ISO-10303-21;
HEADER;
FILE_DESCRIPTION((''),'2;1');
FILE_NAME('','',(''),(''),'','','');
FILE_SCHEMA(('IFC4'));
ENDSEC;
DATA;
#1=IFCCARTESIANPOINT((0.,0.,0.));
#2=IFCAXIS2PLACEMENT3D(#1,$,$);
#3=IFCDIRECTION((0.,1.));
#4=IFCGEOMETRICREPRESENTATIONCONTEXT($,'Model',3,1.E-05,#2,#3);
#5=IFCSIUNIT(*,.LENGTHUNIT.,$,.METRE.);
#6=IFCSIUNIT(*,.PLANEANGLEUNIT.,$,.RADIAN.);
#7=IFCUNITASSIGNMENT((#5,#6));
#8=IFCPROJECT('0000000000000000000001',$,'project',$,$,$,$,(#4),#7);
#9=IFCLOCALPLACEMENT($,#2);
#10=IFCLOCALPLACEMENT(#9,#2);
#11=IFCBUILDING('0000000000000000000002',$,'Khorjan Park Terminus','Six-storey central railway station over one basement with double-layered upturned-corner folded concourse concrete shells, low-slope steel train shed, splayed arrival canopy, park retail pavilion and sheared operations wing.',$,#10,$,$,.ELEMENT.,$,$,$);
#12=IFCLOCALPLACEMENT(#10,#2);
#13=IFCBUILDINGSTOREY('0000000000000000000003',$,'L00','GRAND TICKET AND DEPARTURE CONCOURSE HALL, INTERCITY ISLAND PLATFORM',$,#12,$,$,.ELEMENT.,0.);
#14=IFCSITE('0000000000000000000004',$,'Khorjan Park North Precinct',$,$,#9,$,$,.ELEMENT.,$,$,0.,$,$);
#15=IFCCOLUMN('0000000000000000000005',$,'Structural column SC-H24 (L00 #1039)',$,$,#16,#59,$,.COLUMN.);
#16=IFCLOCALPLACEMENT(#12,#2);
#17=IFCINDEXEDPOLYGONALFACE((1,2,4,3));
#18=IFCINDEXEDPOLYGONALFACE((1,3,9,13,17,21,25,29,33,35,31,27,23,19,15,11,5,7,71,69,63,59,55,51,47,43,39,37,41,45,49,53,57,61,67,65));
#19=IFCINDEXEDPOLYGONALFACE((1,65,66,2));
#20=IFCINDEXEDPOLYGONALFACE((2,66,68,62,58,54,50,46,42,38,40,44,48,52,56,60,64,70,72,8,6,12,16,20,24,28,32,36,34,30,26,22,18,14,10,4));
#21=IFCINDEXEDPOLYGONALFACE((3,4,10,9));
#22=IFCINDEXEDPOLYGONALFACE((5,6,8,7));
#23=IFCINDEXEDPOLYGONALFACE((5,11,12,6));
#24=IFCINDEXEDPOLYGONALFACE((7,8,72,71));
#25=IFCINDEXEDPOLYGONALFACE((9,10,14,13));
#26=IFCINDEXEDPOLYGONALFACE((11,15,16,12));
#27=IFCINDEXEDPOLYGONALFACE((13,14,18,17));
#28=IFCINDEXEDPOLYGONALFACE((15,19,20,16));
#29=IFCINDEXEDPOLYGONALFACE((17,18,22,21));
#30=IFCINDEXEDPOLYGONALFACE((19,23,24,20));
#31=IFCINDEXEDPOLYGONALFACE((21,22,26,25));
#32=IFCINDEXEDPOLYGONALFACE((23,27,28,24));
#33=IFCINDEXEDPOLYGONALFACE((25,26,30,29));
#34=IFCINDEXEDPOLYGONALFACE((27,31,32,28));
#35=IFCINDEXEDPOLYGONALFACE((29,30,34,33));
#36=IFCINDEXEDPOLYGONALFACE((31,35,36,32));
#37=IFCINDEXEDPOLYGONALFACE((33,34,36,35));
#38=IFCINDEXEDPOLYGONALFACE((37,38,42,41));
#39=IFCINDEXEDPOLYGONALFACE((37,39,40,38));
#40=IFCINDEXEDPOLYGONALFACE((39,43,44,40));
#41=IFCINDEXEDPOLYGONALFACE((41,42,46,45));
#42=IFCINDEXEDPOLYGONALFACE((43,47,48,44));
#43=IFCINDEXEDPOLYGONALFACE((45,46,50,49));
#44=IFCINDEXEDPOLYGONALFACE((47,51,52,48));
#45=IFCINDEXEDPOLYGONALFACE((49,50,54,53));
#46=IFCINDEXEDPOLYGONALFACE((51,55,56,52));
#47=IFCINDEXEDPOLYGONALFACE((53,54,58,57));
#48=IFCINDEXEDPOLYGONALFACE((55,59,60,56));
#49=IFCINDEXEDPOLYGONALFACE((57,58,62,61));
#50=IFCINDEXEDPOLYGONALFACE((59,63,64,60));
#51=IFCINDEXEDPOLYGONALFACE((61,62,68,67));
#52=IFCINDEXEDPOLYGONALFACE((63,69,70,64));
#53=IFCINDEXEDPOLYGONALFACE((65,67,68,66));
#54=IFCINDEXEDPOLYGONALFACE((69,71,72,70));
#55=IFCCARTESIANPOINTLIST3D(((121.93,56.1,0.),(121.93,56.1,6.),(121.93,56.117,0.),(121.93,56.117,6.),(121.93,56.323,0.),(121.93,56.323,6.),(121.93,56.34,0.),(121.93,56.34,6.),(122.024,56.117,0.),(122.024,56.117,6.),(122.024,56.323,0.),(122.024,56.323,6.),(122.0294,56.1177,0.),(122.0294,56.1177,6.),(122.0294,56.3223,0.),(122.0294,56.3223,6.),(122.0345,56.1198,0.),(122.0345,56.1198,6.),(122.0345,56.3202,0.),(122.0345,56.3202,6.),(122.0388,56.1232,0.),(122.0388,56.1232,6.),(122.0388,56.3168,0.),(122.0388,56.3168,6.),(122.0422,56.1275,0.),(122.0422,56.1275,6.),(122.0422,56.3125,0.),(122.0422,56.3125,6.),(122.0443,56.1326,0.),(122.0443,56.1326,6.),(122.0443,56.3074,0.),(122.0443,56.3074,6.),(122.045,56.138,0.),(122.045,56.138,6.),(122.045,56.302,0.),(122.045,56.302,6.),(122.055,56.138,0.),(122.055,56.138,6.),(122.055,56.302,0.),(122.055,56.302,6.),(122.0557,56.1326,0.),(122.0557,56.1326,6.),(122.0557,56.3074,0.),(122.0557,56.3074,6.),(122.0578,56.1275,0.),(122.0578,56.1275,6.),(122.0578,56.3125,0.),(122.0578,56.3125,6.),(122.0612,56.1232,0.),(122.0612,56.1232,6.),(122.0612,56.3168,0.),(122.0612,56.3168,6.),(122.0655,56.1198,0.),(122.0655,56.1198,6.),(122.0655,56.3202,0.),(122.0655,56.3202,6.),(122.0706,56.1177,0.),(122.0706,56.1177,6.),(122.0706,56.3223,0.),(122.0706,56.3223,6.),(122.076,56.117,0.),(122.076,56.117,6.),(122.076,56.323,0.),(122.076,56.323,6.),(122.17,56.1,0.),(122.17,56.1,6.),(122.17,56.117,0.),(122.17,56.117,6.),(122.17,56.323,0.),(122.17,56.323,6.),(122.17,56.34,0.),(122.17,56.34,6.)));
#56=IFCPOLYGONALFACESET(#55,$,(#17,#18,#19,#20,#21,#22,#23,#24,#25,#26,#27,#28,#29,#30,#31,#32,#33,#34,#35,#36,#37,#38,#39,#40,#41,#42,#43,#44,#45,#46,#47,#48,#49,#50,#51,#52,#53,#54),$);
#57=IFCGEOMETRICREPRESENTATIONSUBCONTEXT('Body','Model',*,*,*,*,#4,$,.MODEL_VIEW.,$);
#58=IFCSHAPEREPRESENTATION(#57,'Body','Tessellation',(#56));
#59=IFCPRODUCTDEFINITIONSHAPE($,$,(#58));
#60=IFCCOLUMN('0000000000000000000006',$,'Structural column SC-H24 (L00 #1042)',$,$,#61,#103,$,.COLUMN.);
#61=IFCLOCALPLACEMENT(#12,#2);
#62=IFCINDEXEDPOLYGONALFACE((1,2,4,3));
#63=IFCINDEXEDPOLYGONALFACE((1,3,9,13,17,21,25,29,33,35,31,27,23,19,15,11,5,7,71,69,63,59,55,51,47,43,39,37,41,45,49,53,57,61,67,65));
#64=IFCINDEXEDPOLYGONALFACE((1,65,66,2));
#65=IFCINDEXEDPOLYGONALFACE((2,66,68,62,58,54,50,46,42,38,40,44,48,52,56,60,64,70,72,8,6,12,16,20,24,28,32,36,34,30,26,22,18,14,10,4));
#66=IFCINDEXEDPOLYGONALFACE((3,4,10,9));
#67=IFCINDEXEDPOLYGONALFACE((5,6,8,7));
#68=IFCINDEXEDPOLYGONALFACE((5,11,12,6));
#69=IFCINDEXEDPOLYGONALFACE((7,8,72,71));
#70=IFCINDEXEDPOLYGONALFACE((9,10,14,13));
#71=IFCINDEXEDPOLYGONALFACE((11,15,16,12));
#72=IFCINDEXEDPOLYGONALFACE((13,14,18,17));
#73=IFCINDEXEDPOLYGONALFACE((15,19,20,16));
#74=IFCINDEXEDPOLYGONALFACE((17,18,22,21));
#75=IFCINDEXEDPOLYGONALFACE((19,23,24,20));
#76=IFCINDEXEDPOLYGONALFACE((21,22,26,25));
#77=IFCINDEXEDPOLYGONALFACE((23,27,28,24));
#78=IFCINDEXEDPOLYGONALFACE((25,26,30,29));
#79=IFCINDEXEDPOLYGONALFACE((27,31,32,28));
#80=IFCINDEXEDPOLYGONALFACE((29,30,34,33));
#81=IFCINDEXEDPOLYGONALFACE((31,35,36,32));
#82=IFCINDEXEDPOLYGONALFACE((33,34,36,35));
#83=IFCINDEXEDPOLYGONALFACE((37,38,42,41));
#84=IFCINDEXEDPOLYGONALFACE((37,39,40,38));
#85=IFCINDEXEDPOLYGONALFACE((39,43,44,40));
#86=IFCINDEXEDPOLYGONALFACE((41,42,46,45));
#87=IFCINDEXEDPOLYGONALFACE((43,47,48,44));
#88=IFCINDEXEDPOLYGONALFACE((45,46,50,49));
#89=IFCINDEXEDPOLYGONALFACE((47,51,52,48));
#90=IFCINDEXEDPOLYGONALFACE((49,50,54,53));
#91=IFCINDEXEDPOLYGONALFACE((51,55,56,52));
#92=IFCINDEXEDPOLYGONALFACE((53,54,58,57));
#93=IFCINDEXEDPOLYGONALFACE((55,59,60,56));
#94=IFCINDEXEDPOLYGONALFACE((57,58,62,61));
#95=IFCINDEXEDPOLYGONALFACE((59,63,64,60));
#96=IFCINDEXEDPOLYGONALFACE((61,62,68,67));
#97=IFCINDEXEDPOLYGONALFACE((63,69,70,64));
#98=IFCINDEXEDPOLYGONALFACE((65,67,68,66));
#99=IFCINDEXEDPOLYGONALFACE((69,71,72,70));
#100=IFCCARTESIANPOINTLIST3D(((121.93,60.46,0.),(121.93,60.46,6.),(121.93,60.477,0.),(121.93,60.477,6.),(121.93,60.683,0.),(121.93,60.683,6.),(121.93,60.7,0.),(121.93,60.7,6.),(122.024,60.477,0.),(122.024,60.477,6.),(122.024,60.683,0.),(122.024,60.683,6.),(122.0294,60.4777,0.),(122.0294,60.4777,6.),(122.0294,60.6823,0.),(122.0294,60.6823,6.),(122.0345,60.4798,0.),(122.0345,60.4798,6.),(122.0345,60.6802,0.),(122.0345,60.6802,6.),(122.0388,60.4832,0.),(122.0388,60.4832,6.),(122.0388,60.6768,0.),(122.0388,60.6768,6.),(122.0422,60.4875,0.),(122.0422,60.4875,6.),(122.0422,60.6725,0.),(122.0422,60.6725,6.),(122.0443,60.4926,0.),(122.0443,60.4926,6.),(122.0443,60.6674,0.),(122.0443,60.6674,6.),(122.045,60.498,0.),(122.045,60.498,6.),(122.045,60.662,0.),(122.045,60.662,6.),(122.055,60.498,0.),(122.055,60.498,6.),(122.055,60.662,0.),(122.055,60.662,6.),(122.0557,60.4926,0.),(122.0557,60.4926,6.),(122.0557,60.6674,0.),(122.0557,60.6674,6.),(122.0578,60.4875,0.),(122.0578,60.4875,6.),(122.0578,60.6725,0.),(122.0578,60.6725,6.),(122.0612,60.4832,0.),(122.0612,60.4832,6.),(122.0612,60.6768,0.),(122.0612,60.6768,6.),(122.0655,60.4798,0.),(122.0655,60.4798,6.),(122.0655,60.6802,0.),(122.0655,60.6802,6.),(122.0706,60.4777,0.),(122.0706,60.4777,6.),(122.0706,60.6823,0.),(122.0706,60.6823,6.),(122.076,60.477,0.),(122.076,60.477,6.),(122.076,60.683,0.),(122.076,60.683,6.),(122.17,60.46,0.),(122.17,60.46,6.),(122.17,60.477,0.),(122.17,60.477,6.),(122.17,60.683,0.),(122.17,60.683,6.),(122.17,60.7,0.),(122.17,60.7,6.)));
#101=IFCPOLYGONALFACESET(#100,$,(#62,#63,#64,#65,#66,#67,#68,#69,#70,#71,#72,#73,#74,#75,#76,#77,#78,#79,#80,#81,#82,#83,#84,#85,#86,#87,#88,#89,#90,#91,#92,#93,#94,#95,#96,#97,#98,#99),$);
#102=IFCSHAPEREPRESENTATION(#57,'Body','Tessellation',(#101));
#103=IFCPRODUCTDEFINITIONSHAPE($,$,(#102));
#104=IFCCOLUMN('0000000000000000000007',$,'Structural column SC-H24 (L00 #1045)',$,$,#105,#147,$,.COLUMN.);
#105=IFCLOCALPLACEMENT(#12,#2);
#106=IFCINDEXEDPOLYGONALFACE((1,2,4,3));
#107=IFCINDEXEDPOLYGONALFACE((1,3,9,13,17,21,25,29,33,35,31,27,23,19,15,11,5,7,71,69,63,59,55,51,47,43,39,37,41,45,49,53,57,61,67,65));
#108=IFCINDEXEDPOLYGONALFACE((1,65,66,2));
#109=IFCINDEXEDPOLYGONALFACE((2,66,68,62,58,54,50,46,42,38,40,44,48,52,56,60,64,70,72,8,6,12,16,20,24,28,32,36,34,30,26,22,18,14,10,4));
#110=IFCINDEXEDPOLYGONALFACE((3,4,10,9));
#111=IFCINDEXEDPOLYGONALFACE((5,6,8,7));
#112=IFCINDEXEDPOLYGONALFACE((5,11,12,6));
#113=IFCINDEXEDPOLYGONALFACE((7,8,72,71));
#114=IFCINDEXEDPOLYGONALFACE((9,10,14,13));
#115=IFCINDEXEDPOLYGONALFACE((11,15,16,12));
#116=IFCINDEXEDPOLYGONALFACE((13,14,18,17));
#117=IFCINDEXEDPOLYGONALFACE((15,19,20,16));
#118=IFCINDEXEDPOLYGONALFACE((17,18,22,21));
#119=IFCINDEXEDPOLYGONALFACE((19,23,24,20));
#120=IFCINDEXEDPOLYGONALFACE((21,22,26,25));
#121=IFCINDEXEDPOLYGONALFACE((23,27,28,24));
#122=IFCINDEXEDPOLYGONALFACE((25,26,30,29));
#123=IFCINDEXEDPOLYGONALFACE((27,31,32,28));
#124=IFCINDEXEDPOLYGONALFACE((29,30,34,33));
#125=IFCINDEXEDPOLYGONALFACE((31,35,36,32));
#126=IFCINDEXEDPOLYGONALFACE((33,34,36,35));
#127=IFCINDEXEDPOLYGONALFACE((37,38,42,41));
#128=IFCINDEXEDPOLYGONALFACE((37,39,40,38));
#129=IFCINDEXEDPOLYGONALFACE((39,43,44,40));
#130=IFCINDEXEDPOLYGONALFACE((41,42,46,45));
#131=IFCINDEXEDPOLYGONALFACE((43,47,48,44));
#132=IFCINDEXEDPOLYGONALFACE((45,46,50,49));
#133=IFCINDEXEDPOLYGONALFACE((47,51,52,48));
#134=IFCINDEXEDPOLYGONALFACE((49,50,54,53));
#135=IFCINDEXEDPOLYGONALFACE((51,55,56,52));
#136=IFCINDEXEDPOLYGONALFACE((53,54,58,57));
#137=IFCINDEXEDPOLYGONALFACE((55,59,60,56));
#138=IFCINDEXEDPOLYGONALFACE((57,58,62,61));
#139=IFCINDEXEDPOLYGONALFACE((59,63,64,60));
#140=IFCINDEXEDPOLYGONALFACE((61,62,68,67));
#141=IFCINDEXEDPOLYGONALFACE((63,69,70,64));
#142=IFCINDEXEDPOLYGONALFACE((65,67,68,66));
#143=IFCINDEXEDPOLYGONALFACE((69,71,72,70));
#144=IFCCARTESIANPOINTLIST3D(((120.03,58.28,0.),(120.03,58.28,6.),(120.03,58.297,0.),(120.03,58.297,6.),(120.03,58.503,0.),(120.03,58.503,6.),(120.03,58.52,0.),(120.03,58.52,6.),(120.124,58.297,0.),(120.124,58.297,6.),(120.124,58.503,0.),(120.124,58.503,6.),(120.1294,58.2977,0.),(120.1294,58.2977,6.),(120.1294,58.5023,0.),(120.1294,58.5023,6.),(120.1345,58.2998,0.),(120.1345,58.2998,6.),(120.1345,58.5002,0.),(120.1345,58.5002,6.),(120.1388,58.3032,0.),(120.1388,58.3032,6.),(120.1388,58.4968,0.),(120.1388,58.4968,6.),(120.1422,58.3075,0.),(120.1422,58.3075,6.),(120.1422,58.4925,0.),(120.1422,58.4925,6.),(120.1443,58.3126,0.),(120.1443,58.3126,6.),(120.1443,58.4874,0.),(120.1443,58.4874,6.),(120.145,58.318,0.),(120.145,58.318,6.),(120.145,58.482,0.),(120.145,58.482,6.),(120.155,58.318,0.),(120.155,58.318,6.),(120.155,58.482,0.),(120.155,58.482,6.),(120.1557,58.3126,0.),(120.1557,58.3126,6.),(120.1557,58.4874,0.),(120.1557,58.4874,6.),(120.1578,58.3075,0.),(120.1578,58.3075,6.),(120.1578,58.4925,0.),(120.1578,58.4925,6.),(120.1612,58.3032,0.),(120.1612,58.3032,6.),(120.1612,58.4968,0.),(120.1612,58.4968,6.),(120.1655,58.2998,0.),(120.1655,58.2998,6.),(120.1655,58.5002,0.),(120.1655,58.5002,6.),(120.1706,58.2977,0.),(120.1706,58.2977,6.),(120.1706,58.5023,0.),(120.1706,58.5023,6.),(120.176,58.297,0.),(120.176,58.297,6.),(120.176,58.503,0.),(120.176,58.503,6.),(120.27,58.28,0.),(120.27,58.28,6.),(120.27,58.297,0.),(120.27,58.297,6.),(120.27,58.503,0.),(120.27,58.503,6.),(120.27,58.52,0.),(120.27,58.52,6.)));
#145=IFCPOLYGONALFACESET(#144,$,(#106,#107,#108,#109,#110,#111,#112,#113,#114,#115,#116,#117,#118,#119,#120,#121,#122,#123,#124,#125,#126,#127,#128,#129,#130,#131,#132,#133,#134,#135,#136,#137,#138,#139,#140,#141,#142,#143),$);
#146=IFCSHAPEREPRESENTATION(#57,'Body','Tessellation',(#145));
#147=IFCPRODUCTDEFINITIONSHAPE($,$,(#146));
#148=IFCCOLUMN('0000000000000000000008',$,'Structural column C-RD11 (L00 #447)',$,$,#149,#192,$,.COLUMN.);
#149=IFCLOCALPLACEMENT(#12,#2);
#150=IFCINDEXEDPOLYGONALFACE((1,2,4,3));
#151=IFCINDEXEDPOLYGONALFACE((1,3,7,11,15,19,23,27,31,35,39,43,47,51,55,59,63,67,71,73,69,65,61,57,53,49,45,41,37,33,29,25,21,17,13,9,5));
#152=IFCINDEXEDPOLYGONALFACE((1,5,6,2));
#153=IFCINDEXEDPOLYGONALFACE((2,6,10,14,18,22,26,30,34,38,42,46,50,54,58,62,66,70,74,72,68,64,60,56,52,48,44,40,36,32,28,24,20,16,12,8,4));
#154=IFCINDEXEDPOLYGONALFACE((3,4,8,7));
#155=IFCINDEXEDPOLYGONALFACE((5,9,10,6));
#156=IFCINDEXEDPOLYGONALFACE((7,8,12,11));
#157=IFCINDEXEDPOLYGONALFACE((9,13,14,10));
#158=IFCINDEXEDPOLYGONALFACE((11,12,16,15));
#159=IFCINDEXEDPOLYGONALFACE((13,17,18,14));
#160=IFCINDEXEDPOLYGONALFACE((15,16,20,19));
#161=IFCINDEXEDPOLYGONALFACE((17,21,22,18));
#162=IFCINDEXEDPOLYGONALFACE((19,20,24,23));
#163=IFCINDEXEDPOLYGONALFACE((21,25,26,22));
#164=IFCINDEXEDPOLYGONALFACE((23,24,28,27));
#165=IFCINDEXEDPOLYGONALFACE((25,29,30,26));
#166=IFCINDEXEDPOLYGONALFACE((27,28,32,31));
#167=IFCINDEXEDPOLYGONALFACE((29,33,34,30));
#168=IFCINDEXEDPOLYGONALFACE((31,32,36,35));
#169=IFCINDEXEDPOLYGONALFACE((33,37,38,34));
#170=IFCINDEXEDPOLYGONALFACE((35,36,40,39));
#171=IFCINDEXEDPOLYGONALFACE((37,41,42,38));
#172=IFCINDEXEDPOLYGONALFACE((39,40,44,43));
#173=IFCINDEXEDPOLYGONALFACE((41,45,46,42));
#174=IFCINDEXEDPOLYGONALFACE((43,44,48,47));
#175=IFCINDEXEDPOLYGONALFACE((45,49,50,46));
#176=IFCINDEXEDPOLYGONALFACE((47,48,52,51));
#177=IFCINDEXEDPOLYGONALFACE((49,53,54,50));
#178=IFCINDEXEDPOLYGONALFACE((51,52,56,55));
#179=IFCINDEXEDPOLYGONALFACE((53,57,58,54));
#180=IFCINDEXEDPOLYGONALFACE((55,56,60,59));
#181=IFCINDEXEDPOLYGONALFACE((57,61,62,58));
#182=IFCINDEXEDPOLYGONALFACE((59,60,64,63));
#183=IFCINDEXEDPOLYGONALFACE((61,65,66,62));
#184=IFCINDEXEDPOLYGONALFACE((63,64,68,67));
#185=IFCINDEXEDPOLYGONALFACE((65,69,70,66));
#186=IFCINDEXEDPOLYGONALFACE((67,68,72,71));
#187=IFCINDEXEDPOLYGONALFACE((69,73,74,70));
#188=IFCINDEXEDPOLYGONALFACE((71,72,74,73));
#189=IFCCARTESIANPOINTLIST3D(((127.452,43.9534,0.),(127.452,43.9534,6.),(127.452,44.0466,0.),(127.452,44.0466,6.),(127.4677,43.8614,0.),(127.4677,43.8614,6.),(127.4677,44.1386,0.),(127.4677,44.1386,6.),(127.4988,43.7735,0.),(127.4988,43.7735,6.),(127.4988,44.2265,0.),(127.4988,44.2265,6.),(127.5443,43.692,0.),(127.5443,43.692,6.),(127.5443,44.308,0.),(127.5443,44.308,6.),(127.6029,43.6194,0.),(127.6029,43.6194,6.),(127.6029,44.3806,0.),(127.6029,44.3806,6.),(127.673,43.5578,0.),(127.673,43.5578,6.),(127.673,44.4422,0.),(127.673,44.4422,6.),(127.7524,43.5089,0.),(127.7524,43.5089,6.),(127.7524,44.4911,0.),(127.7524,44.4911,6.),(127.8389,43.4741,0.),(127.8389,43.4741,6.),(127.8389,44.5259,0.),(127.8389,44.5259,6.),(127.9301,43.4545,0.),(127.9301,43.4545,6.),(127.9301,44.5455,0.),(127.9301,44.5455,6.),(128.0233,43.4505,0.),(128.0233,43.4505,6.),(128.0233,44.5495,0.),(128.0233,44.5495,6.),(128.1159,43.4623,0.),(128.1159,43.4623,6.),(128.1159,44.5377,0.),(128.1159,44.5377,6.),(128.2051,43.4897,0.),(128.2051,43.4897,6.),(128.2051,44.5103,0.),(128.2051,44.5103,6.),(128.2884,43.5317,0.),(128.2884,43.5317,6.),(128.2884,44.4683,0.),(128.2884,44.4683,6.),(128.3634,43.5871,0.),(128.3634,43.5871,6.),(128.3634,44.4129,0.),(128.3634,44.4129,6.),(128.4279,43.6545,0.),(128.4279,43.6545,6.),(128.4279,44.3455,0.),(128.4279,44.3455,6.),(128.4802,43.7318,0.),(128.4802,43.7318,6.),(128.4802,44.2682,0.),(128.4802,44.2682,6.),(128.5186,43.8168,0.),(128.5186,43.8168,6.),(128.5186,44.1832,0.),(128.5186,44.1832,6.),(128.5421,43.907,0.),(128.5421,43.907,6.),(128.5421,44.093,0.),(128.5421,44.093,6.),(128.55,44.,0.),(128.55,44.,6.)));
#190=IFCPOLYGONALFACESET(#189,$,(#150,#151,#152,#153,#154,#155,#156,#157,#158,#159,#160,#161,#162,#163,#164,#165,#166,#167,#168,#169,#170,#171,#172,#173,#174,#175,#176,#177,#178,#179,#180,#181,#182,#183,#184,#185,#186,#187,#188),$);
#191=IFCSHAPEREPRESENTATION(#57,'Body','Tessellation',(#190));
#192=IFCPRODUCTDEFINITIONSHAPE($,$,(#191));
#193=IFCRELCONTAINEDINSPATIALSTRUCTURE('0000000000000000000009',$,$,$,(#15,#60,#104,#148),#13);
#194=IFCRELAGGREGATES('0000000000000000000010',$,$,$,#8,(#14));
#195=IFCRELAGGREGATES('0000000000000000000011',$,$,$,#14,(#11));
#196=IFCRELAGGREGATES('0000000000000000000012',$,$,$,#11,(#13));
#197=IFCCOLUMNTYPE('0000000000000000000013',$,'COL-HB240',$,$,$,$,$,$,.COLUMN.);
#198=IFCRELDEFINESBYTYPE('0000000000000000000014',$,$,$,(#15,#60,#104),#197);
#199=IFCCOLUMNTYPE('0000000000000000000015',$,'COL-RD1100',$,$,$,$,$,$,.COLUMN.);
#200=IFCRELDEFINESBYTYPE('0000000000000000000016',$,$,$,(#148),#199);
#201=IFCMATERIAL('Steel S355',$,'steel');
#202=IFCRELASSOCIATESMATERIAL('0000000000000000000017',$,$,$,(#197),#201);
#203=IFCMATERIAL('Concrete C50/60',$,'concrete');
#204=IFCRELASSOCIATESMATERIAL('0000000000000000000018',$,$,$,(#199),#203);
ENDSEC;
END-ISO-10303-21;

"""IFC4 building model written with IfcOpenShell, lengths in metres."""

from ifc_helpers import new_model, si_unit, direction, frame, origin, origin_2d, place, context, subcontext, project, spatial, circle, i_section, extrude, material, material_profile, profile_set, type_object, element, save


model = new_model("IFC4")

# Units and contexts
model_context = context("Model", 3, precision=1e-05, world=origin(), true_north=direction((0.0, 1.0)))
body_context = subcontext(model_context, "Body", "Model", "MODEL_VIEW")
ifc_project = project(units=[si_unit("LENGTHUNIT", "METRE"), si_unit("PLANEANGLEUNIT", "RADIAN")], contexts=[model_context])

# Site, building, storey
site_placement = place(None, origin())
site = spatial("IfcSite", under=ifc_project, at=site_placement, Name="Khorjan Park North Precinct", CompositionType="ELEMENT", RefElevation=0.0)
building_placement = place(site_placement, origin())
building = spatial("IfcBuilding", under=site, at=building_placement, Name="Khorjan Park Terminus", Description="Six-storey central railway station over one basement with double-layered upturned-corner folded concourse concrete shells, low-slope steel train shed, splayed arrival canopy, park retail pavilion and sheared operations wing.", CompositionType="ELEMENT")
storey_placement = place(building_placement, origin())
storey = spatial("IfcBuildingStorey", under=building, at=storey_placement, Name="L00", Description="GRAND TICKET AND DEPARTURE CONCOURSE HALL, INTERCITY ISLAND PLATFORM", CompositionType="ELEMENT", Elevation=0.0)

# Columns
ifc_material_1 = material(Name="Steel S355", Category="steel")
ifc_material_profile_1 = material_profile(ifc_material_1, i_section(OverallWidth=0.24, OverallDepth=0.24, WebThickness=0.01, FlangeThickness=0.017, FilletRadius=0.021, at=origin_2d()), Name="HEB 240")
ifc_profile_set_1 = profile_set([ifc_material_profile_1], Name="Steel S355")
column_type_1 = type_object("IfcColumnType", Name="COL-HB240", PredefinedType="COLUMN", material=ifc_profile_set_1)
for number, where, z_axis, x_axis, name in (
    (1, (122.05, 56.22, 0.0), (0.0, 0.0, 1.0), (1.0, 0.0, 0.0), "Structural column SC-H24 (L00 #1039)"),
    (2, (122.05, 60.58, 0.0), (0.0, 0.0, 1.0), (1.0, 0.0, 0.0), "Structural column SC-H24 (L00 #1042)"),
    (3, (120.15, 58.4, 0.0), (0.0, 0.0, 1.0), (1.0, 0.0, 0.0), "Structural column SC-H24 (L00 #1045)"),
):
    element("IfcColumn", number, at=place(storey_placement, frame(where, z_axis=z_axis, x_axis=x_axis)), inside=storey, type_object=column_type_1, Name=name, PredefinedType="COLUMN", context=body_context, shape_type="SweptSolid", body=[
        extrude(i_section(OverallWidth=0.24, OverallDepth=0.24, WebThickness=0.01, FlangeThickness=0.017, FilletRadius=0.021, at=origin_2d()), origin(), (0.0, 0.0, 1.0), 6.0),
    ])
ifc_material_2 = material(Name="Concrete C50/60", Category="concrete")
ifc_material_profile_2 = material_profile(ifc_material_2, circle(Radius=0.55, at=origin_2d()), Name="RC D1100")
ifc_profile_set_2 = profile_set([ifc_material_profile_2], Name="Concrete C50/60")
column_type_2 = type_object("IfcColumnType", Name="COL-RD1100", PredefinedType="COLUMN", material=ifc_profile_set_2)
for number, where, z_axis, x_axis, name in (
    (4, (128.0, 44.0, 0.0), (0.0, 0.0, 1.0), (1.0, 0.0, 0.0), "Structural column C-RD11 (L00 #447)"),
):
    element("IfcColumn", number, at=place(storey_placement, frame(where, z_axis=z_axis, x_axis=x_axis)), inside=storey, type_object=column_type_2, Name=name, PredefinedType="COLUMN", context=body_context, shape_type="SweptSolid", body=[
        extrude(circle(Radius=0.55, at=origin_2d()), origin(), (0.0, 0.0, 1.0), 6.0),
    ])

save(model, "model.ifc")
